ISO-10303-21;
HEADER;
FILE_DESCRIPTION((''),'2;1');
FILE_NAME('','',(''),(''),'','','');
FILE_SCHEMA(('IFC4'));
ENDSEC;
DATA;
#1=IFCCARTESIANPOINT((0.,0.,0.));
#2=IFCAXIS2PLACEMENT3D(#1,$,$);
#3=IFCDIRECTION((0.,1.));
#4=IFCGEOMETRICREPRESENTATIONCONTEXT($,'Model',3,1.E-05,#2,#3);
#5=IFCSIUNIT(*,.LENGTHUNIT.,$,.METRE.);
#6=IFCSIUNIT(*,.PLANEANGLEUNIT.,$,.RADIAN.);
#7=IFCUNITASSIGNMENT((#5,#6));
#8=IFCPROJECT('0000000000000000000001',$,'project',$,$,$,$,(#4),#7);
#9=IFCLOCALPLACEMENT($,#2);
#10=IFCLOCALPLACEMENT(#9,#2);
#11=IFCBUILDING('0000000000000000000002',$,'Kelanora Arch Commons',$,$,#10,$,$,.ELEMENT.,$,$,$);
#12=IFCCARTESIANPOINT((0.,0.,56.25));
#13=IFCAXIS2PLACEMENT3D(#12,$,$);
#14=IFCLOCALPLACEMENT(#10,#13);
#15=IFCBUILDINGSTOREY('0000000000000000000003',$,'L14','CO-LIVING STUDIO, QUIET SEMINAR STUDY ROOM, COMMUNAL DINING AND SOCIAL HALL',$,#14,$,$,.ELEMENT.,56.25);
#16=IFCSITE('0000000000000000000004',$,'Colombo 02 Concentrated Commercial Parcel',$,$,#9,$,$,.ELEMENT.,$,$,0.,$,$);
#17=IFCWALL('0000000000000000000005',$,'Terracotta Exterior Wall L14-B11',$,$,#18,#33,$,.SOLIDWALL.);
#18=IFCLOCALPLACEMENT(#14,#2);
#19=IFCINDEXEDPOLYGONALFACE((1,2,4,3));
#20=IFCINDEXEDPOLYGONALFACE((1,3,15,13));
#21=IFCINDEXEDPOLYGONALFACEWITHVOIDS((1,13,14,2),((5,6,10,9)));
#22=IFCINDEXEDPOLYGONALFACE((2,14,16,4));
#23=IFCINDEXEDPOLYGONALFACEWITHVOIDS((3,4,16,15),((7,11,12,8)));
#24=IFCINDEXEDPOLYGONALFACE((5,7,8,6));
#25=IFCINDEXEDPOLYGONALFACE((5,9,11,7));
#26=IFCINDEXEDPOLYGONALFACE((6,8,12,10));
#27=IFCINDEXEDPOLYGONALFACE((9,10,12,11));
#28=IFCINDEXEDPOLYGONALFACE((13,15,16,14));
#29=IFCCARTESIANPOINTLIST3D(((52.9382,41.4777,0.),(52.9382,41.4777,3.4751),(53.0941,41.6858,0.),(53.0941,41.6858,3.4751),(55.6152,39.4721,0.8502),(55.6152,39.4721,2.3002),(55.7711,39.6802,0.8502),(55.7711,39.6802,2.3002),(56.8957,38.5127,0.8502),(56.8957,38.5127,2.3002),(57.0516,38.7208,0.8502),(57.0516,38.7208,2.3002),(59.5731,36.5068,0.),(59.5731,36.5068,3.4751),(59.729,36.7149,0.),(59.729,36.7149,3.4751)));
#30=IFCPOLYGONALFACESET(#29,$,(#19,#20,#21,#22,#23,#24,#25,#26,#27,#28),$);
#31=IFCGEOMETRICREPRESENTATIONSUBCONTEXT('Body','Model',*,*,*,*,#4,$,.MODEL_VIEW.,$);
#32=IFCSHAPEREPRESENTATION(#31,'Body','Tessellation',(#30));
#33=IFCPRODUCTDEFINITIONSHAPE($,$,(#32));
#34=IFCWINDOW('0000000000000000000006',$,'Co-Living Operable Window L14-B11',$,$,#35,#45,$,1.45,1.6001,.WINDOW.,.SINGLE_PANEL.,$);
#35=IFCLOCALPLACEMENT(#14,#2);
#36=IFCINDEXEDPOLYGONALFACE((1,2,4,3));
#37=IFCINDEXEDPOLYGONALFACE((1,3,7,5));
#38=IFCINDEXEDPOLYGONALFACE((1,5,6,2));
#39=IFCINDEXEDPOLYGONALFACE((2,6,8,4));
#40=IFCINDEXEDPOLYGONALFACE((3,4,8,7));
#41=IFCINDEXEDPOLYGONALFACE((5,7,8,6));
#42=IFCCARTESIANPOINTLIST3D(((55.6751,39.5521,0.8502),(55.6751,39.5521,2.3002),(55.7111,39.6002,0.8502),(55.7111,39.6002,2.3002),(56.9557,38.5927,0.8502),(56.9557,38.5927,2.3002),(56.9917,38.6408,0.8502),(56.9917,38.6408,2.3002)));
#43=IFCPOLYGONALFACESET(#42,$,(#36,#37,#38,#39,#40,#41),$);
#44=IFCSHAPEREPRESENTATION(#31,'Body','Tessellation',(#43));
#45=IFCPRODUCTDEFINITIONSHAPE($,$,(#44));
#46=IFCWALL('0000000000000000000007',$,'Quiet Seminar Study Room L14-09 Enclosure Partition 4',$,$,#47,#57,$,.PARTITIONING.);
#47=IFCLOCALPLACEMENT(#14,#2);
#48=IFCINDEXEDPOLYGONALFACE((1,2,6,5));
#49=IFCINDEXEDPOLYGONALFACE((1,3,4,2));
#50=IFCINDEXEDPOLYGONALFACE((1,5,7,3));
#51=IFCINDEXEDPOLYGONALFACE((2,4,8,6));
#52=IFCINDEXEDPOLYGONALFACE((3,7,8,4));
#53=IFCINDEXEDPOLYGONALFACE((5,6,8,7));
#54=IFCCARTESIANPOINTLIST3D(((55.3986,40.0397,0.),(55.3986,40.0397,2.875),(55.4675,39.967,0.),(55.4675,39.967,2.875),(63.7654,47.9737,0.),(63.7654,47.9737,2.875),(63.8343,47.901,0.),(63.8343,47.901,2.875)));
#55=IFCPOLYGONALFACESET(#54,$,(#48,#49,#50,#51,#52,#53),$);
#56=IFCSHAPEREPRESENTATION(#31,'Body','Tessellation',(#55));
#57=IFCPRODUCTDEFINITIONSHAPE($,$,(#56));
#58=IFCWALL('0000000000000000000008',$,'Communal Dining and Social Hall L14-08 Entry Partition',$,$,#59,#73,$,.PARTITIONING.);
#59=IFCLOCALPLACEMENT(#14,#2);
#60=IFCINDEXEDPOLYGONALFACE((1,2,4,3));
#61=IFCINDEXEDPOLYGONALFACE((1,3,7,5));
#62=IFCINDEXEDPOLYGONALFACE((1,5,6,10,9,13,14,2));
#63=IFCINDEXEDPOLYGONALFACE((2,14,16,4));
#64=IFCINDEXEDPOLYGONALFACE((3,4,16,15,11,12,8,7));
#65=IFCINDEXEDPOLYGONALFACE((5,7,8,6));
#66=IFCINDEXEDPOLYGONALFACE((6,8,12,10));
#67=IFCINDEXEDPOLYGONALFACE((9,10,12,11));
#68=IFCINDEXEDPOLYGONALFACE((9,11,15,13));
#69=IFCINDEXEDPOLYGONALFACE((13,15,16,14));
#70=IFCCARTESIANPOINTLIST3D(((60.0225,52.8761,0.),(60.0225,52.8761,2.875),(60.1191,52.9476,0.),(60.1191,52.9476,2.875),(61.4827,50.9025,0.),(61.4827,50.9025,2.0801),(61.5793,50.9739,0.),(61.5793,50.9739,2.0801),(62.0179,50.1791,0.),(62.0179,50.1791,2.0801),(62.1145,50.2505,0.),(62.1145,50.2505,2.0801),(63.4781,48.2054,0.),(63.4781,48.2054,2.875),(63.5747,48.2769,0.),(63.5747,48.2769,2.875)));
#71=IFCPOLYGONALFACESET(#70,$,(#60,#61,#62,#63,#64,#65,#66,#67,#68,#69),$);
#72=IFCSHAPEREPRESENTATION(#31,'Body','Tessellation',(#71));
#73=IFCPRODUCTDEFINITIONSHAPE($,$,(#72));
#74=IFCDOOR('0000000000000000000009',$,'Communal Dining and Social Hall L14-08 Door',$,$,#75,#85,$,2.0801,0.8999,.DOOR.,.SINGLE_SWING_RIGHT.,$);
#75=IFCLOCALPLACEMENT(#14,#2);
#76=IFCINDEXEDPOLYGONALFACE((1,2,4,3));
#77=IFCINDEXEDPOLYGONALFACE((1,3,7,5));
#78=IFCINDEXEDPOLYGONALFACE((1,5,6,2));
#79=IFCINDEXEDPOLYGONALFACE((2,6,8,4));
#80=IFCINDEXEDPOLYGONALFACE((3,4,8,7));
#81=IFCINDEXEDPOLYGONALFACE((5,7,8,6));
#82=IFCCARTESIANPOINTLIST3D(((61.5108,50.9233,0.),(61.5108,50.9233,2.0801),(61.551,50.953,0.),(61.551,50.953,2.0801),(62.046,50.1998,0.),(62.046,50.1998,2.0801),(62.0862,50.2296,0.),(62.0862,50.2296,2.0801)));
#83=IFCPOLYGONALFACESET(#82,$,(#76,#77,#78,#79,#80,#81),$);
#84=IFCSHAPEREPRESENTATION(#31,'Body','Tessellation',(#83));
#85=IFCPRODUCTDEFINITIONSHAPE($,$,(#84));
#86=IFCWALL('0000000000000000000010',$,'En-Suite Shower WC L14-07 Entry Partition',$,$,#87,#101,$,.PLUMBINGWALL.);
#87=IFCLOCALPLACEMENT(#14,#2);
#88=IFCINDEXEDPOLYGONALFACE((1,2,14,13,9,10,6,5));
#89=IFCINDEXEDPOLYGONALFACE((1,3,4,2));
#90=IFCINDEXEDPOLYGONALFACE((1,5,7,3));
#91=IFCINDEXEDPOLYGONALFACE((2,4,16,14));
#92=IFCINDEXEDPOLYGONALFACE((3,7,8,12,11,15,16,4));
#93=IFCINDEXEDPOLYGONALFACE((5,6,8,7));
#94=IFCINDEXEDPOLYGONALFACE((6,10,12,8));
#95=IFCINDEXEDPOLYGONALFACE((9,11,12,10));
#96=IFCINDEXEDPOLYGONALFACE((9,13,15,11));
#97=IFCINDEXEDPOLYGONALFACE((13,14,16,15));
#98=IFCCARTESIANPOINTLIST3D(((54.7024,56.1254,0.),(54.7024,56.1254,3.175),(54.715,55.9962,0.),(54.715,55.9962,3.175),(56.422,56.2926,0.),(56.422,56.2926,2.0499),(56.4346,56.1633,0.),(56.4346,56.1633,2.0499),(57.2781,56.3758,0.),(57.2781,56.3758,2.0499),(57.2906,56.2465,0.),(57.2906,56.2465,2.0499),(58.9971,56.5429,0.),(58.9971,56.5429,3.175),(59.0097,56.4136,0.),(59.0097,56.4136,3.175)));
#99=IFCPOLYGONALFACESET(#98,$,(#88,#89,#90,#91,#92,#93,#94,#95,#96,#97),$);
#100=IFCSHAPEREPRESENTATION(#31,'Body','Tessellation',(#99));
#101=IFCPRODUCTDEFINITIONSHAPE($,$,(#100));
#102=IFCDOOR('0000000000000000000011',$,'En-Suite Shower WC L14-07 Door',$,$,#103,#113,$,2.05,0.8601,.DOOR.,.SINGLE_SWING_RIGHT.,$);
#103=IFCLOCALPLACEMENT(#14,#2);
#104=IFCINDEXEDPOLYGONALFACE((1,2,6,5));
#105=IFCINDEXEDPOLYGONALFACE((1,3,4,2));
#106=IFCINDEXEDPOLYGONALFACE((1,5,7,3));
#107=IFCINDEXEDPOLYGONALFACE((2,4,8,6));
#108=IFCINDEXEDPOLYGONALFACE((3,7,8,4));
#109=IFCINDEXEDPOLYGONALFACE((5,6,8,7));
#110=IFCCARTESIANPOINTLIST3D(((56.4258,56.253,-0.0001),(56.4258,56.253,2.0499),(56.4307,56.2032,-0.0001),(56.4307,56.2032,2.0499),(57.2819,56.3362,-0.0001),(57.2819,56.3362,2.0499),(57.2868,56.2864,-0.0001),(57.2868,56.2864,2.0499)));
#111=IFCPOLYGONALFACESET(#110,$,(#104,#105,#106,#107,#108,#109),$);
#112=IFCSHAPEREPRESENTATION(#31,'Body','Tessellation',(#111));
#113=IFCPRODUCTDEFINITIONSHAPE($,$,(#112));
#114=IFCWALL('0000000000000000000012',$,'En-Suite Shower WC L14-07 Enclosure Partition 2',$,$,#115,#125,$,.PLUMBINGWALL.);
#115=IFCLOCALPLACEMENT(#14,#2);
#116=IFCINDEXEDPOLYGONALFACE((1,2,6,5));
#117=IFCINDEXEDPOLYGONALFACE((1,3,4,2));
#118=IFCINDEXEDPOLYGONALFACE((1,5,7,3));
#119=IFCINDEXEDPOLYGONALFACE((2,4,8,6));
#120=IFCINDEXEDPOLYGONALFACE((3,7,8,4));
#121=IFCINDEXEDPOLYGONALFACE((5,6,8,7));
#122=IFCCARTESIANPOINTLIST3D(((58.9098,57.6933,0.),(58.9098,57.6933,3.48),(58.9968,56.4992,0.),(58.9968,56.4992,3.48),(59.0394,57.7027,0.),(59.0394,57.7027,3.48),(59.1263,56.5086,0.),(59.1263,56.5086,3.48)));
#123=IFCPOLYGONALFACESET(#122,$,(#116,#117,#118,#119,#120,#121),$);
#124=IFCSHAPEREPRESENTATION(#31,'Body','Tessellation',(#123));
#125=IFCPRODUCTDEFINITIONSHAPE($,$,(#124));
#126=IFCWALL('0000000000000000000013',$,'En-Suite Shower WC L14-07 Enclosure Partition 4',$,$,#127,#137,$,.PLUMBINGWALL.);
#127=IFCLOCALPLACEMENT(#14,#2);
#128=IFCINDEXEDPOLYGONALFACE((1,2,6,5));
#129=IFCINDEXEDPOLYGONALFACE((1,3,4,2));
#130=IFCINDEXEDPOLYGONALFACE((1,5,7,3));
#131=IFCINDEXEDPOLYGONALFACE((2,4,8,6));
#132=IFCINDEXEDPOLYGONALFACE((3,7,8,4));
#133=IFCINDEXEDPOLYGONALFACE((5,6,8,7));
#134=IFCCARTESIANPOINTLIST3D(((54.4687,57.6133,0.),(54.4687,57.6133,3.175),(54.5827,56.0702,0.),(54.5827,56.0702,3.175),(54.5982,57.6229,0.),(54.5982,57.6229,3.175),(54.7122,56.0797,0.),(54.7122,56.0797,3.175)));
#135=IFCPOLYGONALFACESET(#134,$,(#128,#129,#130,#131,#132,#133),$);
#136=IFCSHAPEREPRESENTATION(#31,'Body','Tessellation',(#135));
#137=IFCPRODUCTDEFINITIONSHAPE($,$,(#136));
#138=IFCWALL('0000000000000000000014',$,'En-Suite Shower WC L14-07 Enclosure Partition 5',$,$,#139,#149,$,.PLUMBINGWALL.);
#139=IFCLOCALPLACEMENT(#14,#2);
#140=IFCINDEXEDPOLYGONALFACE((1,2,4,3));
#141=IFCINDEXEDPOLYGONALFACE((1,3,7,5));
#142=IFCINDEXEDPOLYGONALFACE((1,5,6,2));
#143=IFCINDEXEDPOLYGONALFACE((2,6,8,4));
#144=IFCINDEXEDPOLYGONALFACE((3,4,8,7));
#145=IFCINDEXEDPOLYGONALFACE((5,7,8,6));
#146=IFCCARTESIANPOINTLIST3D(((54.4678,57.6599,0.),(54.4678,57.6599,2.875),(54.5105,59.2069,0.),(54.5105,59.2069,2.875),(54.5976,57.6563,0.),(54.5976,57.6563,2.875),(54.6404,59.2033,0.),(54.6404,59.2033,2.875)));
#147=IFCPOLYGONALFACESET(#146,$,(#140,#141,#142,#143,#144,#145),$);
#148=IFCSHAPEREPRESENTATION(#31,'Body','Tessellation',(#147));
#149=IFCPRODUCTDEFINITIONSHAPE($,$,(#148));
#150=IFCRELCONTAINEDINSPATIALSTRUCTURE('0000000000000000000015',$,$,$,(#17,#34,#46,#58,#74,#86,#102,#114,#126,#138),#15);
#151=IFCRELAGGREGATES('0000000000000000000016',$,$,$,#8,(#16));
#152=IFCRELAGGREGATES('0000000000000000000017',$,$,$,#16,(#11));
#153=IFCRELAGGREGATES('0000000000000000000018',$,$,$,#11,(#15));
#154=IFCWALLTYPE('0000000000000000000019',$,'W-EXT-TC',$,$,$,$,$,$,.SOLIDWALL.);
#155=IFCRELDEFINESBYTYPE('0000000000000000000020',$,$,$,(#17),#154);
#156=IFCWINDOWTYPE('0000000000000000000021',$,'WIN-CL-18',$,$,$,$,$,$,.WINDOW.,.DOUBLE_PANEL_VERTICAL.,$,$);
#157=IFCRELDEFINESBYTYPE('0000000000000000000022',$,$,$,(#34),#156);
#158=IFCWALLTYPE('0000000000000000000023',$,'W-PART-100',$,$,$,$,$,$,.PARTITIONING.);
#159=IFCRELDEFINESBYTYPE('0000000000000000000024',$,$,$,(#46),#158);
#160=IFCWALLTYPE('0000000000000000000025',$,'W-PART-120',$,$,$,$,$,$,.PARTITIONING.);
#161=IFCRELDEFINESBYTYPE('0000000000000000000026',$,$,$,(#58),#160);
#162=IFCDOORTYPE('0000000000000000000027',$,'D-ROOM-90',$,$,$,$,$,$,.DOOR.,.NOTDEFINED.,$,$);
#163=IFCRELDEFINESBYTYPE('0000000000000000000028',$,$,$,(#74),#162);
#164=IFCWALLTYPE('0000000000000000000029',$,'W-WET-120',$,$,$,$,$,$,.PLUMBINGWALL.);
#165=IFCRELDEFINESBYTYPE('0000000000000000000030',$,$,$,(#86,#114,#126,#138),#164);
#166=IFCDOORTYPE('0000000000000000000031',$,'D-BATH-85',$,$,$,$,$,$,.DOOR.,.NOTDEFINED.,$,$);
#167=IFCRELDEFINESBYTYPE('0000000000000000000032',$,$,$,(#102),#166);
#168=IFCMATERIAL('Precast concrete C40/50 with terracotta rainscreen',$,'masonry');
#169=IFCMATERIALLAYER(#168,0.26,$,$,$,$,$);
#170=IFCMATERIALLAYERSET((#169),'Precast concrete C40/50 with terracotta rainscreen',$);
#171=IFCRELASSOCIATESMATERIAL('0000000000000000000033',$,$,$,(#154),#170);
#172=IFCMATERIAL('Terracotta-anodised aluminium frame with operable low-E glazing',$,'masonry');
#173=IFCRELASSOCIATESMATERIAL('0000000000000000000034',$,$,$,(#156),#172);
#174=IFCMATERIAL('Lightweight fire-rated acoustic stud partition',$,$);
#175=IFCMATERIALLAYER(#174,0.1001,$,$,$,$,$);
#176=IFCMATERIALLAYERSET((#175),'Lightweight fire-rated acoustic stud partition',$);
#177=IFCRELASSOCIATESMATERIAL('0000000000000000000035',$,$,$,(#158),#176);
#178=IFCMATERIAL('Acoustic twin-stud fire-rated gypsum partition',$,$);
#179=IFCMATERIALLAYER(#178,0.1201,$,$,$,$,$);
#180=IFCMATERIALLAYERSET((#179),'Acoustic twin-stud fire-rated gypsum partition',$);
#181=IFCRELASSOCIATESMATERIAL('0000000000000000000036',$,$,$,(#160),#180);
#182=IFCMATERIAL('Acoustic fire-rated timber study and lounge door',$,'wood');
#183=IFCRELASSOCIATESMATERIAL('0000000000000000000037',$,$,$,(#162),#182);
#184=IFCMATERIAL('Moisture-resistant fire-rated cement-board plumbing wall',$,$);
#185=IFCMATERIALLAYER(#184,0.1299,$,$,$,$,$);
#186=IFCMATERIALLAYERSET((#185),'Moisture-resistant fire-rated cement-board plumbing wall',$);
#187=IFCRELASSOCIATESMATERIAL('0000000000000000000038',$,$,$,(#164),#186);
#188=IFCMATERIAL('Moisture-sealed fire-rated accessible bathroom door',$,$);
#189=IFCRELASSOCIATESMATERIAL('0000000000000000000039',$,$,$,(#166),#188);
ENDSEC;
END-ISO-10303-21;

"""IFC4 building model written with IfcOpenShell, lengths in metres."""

from ifc_helpers import new_model, si_unit, direction, frame, frame_2d, origin, place, context, subcontext, project, spatial, rectangle, extrude, material, layer, layer_set, type_object, element, fill, save


model = new_model("IFC4")

# Units and contexts
model_context = context("Model", 3, precision=1e-05, world=origin(), true_north=direction((0.0, 1.0)))
body_context = subcontext(model_context, "Body", "Model", "MODEL_VIEW")
ifc_project = project(units=[si_unit("LENGTHUNIT", "METRE"), si_unit("PLANEANGLEUNIT", "RADIAN")], contexts=[model_context])

# Site, building, storey
site_placement = place(None, origin())
site = spatial("IfcSite", under=ifc_project, at=site_placement, Name="Colombo 02 Concentrated Commercial Parcel", CompositionType="ELEMENT", RefElevation=0.0)
building_placement = place(site_placement, origin())
building = spatial("IfcBuilding", under=site, at=building_placement, Name="Kelanora Arch Commons", CompositionType="ELEMENT")
storey_placement = place(building_placement, frame((0.0, 0.0, 56.25)))
storey = spatial("IfcBuildingStorey", under=building, at=storey_placement, Name="L14", Description="CO-LIVING STUDIO, QUIET SEMINAR STUDY ROOM, COMMUNAL DINING AND SOCIAL HALL", CompositionType="ELEMENT", Elevation=56.25)

# Wall, opening, window
ifc_material_1 = material(Name="Precast concrete C40/50 with terracotta rainscreen", Category="masonry")
ifc_layer_1 = layer(ifc_material_1, 0.26)
ifc_layer_set_1 = layer_set([ifc_layer_1], Name="Precast concrete C40/50 with terracotta rainscreen")
wall_type_1 = type_object("IfcWallType", Name="W-EXT-TC", PredefinedType="SOLIDWALL", material=ifc_layer_set_1)
wall_1_placement = place(storey_placement, frame((53.0161, 41.5818, 0.0), z_axis=(0.0, 0.0, 1.0), x_axis=(0.800307, -0.59959, 0.0)))
wall_1 = element("IfcWall", 1, at=wall_1_placement, inside=storey, type_object=wall_type_1, Name="Terracotta Exterior Wall L14-B11", PredefinedType="SOLIDWALL", context=body_context, shape_type="SweptSolid", body=[
    extrude(rectangle(XDim=8.2905, YDim=0.26, at=frame_2d((4.1453, 0.0))), origin(), (0.0, 0.0, 1.0), 3.4751),
])
opening_1_placement = place(wall_1_placement, frame((3.345, 0.0, 0.8501)))
opening_1 = element("IfcOpeningElement", 2, at=opening_1_placement, cuts=wall_1, PredefinedType="OPENING", context=body_context, shape_type="SweptSolid", body=[
    extrude(rectangle(XDim=1.6001, YDim=1.45, at=frame_2d((0.8, 0.7251))), frame((0.0, 0.1401, 0.0), z_axis=(0.0, -1.0, 0.0), x_axis=(1.0, 0.0, 0.0)), (0.0, 0.0, 1.0), 0.28),
])
ifc_material_2 = material(Name="Terracotta-anodised aluminium frame with operable low-E glazing", Category="masonry")
window_type = type_object("IfcWindowType", Name="WIN-CL-18", PartitioningType="DOUBLE_PANEL_VERTICAL", PredefinedType="WINDOW", material=ifc_material_2)
window_placement = place(opening_1_placement, origin())
window = element("IfcWindow", 3, at=window_placement, inside=storey, type_object=window_type, Name="Co-Living Operable Window L14-B11", OverallHeight=1.45, OverallWidth=1.6001, PartitioningType="SINGLE_PANEL", PredefinedType="WINDOW", context=body_context, shape_type="SweptSolid", body=[
    extrude(rectangle(XDim=1.6001, YDim=1.45, at=frame_2d((0.8, 0.7251))), frame((0.0, 0.03, 0.0), z_axis=(0.0, -1.0, 0.0), x_axis=(1.0, 0.0, 0.0)), (0.0, 0.0, 1.0), 0.0601),
])
fill(opening_1, window)

# Wall
ifc_material_3 = material(Name="Lightweight fire-rated acoustic stud partition")
ifc_layer_2 = layer(ifc_material_3, 0.1001)
ifc_layer_set_2 = layer_set([ifc_layer_2], Name="Lightweight fire-rated acoustic stud partition")
wall_type_2 = type_object("IfcWallType", Name="W-PART-100", PredefinedType="PARTITIONING", material=ifc_layer_set_2)
wall_2_placement = place(storey_placement, frame((55.4331, 40.0034, 0.0), z_axis=(0.0, 0.0, 1.0), x_axis=(0.725628, 0.688088, 0.0)))
element("IfcWall", 4, at=wall_2_placement, inside=storey, type_object=wall_type_2, Name="Quiet Seminar Study Room L14-09 Enclosure Partition 4", PredefinedType="PARTITIONING", context=body_context, shape_type="SweptSolid", body=[
    extrude(rectangle(XDim=11.5305, YDim=0.1001, at=frame_2d((5.7651, 0.0))), origin(), (0.0, 0.0, 1.0), 2.875),
])

# Walls, openings, doors
ifc_material_4 = material(Name="Acoustic twin-stud fire-rated gypsum partition")
ifc_layer_3 = layer(ifc_material_4, 0.1201)
ifc_layer_set_3 = layer_set([ifc_layer_3], Name="Acoustic twin-stud fire-rated gypsum partition")
wall_type_3 = type_object("IfcWallType", Name="W-PART-120", PredefinedType="PARTITIONING", material=ifc_layer_set_3)
wall_3_placement = place(storey_placement, frame((60.0708, 52.9119, 0.0), z_axis=(0.0, 0.0, 1.0), x_axis=(0.594763, -0.803901, 0.0)))
wall_3 = element("IfcWall", 5, at=wall_3_placement, inside=storey, type_object=wall_type_3, Name="Communal Dining and Social Hall L14-08 Entry Partition", PredefinedType="PARTITIONING", context=body_context, shape_type="SweptSolid", body=[
    extrude(rectangle(XDim=5.8101, YDim=0.1201, at=frame_2d((2.905, 0.0))), origin(), (0.0, 0.0, 1.0), 2.875),
])
opening_2_placement = place(wall_3_placement, frame((2.4551, 0.0, 0.0)))
opening_2 = element("IfcOpeningElement", 6, at=opening_2_placement, cuts=wall_3, PredefinedType="OPENING", context=body_context, shape_type="SweptSolid", body=[
    extrude(rectangle(XDim=0.8999, YDim=2.0801, at=frame_2d((0.45, 1.04))), frame((0.0, 0.0701, 0.0), z_axis=(0.0, -1.0, 0.0), x_axis=(1.0, 0.0, 0.0)), (0.0, 0.0, 1.0), 0.1401),
])
ifc_material_5 = material(Name="Acoustic fire-rated timber study and lounge door", Category="wood")
door_type_1 = type_object("IfcDoorType", Name="D-ROOM-90", OperationType="NOTDEFINED", PredefinedType="DOOR", material=ifc_material_5)
door_1_placement = place(opening_2_placement, origin())
door_1 = element("IfcDoor", 7, at=door_1_placement, inside=storey, type_object=door_type_1, Name="Communal Dining and Social Hall L14-08 Door", OperationType="SINGLE_SWING_RIGHT", OverallHeight=2.0801, OverallWidth=0.8999, PredefinedType="DOOR", context=body_context, shape_type="SweptSolid", body=[
    extrude(rectangle(XDim=0.8999, YDim=2.0801, at=frame_2d((0.45, 1.04))), frame((0.0, 0.0249, 0.0), z_axis=(0.0, -1.0, 0.0), x_axis=(1.0, 0.0, 0.0)), (0.0, 0.0, 1.0), 0.05),
])
fill(opening_2, door_1)
ifc_material_6 = material(Name="Moisture-resistant fire-rated cement-board plumbing wall")
ifc_layer_4 = layer(ifc_material_6, 0.1299)
ifc_layer_set_4 = layer_set([ifc_layer_4], Name="Moisture-resistant fire-rated cement-board plumbing wall")
wall_type_4 = type_object("IfcWallType", Name="W-WET-120", PredefinedType="PLUMBINGWALL", material=ifc_layer_set_4)
wall_4_placement = place(storey_placement, frame((59.0034, 56.4783, 0.0), z_axis=(0.0, 0.0, 1.0), x_axis=(-0.995308, -0.096753, 0.0)))
wall_4 = element("IfcWall", 8, at=wall_4_placement, inside=storey, type_object=wall_type_4, Name="En-Suite Shower WC L14-07 Entry Partition", PredefinedType="PLUMBINGWALL", context=body_context, shape_type="SweptSolid", body=[
    extrude(rectangle(XDim=4.3149, YDim=0.1299, at=frame_2d((2.1575, 0.0))), origin(), (0.0, 0.0, 1.0), 3.175),
])
opening_3_placement = place(wall_4_placement, frame((1.7271, 0.0, 0.0)))
opening_3 = element("IfcOpeningElement", 9, at=opening_3_placement, cuts=wall_4, PredefinedType="OPENING", context=body_context, shape_type="SweptSolid", body=[
    extrude(rectangle(XDim=0.8601, YDim=2.05, at=frame_2d((0.4302, 1.0249))), frame((0.0, 0.075, 0.0), z_axis=(0.0, -1.0, 0.0), x_axis=(1.0, 0.0, 0.0)), (0.0, 0.0, 1.0), 0.1499),
])
ifc_material_7 = material(Name="Moisture-sealed fire-rated accessible bathroom door")
door_type_2 = type_object("IfcDoorType", Name="D-BATH-85", OperationType="NOTDEFINED", PredefinedType="DOOR", material=ifc_material_7)
door_2_placement = place(opening_3_placement, origin())
door_2 = element("IfcDoor", 10, at=door_2_placement, inside=storey, type_object=door_type_2, Name="En-Suite Shower WC L14-07 Door", OperationType="SINGLE_SWING_RIGHT", OverallHeight=2.05, OverallWidth=0.8601, PredefinedType="DOOR", context=body_context, shape_type="SweptSolid", body=[
    extrude(rectangle(XDim=0.8601, YDim=2.05, at=frame_2d((0.4302, 1.0249))), frame((0.0, 0.0249, 0.0), z_axis=(0.0, -1.0, 0.0), x_axis=(1.0, 0.0, 0.0)), (0.0, 0.0, 1.0), 0.05),
])
fill(opening_3, door_2)

# Walls
wall_5_placement = place(storey_placement, frame((58.9746, 57.698, 0.0), z_axis=(0.0, 0.0, 1.0), x_axis=(0.072595, -0.997362, 0.0)))
element("IfcWall", 11, at=wall_5_placement, inside=storey, type_object=wall_type_4, Name="En-Suite Shower WC L14-07 Enclosure Partition 2", PredefinedType="PLUMBINGWALL", context=body_context, shape_type="SweptSolid", body=[
    extrude(rectangle(XDim=1.1973, YDim=0.1299, at=frame_2d((0.5986, 0.0))), origin(), (0.0, 0.0, 1.0), 3.48),
])
wall_6_placement = place(storey_placement, frame((54.6475, 56.075, 0.0), z_axis=(0.0, 0.0, 1.0), x_axis=(-0.07368, 0.997282, 0.0)))
element("IfcWall", 12, at=wall_6_placement, inside=storey, type_object=wall_type_4, Name="En-Suite Shower WC L14-07 Enclosure Partition 4", PredefinedType="PLUMBINGWALL", context=body_context, shape_type="SweptSolid", body=[
    extrude(rectangle(XDim=1.5474, YDim=0.1299, at=frame_2d((0.7737, 0.0))), origin(), (0.0, 0.0, 1.0), 3.175),
])
wall_7_placement = place(storey_placement, frame((54.5327, 57.658, 0.0), z_axis=(0.0, 0.0, 1.0), x_axis=(0.027605, 0.999619, 0.0)))
element("IfcWall", 13, at=wall_7_placement, inside=storey, type_object=wall_type_4, Name="En-Suite Shower WC L14-07 Enclosure Partition 5", PredefinedType="PLUMBINGWALL", context=body_context, shape_type="SweptSolid", body=[
    extrude(rectangle(XDim=1.5476, YDim=0.1299, at=frame_2d((0.7739, 0.0))), origin(), (0.0, 0.0, 1.0), 2.875),
])

save(model, "model.ifc")
